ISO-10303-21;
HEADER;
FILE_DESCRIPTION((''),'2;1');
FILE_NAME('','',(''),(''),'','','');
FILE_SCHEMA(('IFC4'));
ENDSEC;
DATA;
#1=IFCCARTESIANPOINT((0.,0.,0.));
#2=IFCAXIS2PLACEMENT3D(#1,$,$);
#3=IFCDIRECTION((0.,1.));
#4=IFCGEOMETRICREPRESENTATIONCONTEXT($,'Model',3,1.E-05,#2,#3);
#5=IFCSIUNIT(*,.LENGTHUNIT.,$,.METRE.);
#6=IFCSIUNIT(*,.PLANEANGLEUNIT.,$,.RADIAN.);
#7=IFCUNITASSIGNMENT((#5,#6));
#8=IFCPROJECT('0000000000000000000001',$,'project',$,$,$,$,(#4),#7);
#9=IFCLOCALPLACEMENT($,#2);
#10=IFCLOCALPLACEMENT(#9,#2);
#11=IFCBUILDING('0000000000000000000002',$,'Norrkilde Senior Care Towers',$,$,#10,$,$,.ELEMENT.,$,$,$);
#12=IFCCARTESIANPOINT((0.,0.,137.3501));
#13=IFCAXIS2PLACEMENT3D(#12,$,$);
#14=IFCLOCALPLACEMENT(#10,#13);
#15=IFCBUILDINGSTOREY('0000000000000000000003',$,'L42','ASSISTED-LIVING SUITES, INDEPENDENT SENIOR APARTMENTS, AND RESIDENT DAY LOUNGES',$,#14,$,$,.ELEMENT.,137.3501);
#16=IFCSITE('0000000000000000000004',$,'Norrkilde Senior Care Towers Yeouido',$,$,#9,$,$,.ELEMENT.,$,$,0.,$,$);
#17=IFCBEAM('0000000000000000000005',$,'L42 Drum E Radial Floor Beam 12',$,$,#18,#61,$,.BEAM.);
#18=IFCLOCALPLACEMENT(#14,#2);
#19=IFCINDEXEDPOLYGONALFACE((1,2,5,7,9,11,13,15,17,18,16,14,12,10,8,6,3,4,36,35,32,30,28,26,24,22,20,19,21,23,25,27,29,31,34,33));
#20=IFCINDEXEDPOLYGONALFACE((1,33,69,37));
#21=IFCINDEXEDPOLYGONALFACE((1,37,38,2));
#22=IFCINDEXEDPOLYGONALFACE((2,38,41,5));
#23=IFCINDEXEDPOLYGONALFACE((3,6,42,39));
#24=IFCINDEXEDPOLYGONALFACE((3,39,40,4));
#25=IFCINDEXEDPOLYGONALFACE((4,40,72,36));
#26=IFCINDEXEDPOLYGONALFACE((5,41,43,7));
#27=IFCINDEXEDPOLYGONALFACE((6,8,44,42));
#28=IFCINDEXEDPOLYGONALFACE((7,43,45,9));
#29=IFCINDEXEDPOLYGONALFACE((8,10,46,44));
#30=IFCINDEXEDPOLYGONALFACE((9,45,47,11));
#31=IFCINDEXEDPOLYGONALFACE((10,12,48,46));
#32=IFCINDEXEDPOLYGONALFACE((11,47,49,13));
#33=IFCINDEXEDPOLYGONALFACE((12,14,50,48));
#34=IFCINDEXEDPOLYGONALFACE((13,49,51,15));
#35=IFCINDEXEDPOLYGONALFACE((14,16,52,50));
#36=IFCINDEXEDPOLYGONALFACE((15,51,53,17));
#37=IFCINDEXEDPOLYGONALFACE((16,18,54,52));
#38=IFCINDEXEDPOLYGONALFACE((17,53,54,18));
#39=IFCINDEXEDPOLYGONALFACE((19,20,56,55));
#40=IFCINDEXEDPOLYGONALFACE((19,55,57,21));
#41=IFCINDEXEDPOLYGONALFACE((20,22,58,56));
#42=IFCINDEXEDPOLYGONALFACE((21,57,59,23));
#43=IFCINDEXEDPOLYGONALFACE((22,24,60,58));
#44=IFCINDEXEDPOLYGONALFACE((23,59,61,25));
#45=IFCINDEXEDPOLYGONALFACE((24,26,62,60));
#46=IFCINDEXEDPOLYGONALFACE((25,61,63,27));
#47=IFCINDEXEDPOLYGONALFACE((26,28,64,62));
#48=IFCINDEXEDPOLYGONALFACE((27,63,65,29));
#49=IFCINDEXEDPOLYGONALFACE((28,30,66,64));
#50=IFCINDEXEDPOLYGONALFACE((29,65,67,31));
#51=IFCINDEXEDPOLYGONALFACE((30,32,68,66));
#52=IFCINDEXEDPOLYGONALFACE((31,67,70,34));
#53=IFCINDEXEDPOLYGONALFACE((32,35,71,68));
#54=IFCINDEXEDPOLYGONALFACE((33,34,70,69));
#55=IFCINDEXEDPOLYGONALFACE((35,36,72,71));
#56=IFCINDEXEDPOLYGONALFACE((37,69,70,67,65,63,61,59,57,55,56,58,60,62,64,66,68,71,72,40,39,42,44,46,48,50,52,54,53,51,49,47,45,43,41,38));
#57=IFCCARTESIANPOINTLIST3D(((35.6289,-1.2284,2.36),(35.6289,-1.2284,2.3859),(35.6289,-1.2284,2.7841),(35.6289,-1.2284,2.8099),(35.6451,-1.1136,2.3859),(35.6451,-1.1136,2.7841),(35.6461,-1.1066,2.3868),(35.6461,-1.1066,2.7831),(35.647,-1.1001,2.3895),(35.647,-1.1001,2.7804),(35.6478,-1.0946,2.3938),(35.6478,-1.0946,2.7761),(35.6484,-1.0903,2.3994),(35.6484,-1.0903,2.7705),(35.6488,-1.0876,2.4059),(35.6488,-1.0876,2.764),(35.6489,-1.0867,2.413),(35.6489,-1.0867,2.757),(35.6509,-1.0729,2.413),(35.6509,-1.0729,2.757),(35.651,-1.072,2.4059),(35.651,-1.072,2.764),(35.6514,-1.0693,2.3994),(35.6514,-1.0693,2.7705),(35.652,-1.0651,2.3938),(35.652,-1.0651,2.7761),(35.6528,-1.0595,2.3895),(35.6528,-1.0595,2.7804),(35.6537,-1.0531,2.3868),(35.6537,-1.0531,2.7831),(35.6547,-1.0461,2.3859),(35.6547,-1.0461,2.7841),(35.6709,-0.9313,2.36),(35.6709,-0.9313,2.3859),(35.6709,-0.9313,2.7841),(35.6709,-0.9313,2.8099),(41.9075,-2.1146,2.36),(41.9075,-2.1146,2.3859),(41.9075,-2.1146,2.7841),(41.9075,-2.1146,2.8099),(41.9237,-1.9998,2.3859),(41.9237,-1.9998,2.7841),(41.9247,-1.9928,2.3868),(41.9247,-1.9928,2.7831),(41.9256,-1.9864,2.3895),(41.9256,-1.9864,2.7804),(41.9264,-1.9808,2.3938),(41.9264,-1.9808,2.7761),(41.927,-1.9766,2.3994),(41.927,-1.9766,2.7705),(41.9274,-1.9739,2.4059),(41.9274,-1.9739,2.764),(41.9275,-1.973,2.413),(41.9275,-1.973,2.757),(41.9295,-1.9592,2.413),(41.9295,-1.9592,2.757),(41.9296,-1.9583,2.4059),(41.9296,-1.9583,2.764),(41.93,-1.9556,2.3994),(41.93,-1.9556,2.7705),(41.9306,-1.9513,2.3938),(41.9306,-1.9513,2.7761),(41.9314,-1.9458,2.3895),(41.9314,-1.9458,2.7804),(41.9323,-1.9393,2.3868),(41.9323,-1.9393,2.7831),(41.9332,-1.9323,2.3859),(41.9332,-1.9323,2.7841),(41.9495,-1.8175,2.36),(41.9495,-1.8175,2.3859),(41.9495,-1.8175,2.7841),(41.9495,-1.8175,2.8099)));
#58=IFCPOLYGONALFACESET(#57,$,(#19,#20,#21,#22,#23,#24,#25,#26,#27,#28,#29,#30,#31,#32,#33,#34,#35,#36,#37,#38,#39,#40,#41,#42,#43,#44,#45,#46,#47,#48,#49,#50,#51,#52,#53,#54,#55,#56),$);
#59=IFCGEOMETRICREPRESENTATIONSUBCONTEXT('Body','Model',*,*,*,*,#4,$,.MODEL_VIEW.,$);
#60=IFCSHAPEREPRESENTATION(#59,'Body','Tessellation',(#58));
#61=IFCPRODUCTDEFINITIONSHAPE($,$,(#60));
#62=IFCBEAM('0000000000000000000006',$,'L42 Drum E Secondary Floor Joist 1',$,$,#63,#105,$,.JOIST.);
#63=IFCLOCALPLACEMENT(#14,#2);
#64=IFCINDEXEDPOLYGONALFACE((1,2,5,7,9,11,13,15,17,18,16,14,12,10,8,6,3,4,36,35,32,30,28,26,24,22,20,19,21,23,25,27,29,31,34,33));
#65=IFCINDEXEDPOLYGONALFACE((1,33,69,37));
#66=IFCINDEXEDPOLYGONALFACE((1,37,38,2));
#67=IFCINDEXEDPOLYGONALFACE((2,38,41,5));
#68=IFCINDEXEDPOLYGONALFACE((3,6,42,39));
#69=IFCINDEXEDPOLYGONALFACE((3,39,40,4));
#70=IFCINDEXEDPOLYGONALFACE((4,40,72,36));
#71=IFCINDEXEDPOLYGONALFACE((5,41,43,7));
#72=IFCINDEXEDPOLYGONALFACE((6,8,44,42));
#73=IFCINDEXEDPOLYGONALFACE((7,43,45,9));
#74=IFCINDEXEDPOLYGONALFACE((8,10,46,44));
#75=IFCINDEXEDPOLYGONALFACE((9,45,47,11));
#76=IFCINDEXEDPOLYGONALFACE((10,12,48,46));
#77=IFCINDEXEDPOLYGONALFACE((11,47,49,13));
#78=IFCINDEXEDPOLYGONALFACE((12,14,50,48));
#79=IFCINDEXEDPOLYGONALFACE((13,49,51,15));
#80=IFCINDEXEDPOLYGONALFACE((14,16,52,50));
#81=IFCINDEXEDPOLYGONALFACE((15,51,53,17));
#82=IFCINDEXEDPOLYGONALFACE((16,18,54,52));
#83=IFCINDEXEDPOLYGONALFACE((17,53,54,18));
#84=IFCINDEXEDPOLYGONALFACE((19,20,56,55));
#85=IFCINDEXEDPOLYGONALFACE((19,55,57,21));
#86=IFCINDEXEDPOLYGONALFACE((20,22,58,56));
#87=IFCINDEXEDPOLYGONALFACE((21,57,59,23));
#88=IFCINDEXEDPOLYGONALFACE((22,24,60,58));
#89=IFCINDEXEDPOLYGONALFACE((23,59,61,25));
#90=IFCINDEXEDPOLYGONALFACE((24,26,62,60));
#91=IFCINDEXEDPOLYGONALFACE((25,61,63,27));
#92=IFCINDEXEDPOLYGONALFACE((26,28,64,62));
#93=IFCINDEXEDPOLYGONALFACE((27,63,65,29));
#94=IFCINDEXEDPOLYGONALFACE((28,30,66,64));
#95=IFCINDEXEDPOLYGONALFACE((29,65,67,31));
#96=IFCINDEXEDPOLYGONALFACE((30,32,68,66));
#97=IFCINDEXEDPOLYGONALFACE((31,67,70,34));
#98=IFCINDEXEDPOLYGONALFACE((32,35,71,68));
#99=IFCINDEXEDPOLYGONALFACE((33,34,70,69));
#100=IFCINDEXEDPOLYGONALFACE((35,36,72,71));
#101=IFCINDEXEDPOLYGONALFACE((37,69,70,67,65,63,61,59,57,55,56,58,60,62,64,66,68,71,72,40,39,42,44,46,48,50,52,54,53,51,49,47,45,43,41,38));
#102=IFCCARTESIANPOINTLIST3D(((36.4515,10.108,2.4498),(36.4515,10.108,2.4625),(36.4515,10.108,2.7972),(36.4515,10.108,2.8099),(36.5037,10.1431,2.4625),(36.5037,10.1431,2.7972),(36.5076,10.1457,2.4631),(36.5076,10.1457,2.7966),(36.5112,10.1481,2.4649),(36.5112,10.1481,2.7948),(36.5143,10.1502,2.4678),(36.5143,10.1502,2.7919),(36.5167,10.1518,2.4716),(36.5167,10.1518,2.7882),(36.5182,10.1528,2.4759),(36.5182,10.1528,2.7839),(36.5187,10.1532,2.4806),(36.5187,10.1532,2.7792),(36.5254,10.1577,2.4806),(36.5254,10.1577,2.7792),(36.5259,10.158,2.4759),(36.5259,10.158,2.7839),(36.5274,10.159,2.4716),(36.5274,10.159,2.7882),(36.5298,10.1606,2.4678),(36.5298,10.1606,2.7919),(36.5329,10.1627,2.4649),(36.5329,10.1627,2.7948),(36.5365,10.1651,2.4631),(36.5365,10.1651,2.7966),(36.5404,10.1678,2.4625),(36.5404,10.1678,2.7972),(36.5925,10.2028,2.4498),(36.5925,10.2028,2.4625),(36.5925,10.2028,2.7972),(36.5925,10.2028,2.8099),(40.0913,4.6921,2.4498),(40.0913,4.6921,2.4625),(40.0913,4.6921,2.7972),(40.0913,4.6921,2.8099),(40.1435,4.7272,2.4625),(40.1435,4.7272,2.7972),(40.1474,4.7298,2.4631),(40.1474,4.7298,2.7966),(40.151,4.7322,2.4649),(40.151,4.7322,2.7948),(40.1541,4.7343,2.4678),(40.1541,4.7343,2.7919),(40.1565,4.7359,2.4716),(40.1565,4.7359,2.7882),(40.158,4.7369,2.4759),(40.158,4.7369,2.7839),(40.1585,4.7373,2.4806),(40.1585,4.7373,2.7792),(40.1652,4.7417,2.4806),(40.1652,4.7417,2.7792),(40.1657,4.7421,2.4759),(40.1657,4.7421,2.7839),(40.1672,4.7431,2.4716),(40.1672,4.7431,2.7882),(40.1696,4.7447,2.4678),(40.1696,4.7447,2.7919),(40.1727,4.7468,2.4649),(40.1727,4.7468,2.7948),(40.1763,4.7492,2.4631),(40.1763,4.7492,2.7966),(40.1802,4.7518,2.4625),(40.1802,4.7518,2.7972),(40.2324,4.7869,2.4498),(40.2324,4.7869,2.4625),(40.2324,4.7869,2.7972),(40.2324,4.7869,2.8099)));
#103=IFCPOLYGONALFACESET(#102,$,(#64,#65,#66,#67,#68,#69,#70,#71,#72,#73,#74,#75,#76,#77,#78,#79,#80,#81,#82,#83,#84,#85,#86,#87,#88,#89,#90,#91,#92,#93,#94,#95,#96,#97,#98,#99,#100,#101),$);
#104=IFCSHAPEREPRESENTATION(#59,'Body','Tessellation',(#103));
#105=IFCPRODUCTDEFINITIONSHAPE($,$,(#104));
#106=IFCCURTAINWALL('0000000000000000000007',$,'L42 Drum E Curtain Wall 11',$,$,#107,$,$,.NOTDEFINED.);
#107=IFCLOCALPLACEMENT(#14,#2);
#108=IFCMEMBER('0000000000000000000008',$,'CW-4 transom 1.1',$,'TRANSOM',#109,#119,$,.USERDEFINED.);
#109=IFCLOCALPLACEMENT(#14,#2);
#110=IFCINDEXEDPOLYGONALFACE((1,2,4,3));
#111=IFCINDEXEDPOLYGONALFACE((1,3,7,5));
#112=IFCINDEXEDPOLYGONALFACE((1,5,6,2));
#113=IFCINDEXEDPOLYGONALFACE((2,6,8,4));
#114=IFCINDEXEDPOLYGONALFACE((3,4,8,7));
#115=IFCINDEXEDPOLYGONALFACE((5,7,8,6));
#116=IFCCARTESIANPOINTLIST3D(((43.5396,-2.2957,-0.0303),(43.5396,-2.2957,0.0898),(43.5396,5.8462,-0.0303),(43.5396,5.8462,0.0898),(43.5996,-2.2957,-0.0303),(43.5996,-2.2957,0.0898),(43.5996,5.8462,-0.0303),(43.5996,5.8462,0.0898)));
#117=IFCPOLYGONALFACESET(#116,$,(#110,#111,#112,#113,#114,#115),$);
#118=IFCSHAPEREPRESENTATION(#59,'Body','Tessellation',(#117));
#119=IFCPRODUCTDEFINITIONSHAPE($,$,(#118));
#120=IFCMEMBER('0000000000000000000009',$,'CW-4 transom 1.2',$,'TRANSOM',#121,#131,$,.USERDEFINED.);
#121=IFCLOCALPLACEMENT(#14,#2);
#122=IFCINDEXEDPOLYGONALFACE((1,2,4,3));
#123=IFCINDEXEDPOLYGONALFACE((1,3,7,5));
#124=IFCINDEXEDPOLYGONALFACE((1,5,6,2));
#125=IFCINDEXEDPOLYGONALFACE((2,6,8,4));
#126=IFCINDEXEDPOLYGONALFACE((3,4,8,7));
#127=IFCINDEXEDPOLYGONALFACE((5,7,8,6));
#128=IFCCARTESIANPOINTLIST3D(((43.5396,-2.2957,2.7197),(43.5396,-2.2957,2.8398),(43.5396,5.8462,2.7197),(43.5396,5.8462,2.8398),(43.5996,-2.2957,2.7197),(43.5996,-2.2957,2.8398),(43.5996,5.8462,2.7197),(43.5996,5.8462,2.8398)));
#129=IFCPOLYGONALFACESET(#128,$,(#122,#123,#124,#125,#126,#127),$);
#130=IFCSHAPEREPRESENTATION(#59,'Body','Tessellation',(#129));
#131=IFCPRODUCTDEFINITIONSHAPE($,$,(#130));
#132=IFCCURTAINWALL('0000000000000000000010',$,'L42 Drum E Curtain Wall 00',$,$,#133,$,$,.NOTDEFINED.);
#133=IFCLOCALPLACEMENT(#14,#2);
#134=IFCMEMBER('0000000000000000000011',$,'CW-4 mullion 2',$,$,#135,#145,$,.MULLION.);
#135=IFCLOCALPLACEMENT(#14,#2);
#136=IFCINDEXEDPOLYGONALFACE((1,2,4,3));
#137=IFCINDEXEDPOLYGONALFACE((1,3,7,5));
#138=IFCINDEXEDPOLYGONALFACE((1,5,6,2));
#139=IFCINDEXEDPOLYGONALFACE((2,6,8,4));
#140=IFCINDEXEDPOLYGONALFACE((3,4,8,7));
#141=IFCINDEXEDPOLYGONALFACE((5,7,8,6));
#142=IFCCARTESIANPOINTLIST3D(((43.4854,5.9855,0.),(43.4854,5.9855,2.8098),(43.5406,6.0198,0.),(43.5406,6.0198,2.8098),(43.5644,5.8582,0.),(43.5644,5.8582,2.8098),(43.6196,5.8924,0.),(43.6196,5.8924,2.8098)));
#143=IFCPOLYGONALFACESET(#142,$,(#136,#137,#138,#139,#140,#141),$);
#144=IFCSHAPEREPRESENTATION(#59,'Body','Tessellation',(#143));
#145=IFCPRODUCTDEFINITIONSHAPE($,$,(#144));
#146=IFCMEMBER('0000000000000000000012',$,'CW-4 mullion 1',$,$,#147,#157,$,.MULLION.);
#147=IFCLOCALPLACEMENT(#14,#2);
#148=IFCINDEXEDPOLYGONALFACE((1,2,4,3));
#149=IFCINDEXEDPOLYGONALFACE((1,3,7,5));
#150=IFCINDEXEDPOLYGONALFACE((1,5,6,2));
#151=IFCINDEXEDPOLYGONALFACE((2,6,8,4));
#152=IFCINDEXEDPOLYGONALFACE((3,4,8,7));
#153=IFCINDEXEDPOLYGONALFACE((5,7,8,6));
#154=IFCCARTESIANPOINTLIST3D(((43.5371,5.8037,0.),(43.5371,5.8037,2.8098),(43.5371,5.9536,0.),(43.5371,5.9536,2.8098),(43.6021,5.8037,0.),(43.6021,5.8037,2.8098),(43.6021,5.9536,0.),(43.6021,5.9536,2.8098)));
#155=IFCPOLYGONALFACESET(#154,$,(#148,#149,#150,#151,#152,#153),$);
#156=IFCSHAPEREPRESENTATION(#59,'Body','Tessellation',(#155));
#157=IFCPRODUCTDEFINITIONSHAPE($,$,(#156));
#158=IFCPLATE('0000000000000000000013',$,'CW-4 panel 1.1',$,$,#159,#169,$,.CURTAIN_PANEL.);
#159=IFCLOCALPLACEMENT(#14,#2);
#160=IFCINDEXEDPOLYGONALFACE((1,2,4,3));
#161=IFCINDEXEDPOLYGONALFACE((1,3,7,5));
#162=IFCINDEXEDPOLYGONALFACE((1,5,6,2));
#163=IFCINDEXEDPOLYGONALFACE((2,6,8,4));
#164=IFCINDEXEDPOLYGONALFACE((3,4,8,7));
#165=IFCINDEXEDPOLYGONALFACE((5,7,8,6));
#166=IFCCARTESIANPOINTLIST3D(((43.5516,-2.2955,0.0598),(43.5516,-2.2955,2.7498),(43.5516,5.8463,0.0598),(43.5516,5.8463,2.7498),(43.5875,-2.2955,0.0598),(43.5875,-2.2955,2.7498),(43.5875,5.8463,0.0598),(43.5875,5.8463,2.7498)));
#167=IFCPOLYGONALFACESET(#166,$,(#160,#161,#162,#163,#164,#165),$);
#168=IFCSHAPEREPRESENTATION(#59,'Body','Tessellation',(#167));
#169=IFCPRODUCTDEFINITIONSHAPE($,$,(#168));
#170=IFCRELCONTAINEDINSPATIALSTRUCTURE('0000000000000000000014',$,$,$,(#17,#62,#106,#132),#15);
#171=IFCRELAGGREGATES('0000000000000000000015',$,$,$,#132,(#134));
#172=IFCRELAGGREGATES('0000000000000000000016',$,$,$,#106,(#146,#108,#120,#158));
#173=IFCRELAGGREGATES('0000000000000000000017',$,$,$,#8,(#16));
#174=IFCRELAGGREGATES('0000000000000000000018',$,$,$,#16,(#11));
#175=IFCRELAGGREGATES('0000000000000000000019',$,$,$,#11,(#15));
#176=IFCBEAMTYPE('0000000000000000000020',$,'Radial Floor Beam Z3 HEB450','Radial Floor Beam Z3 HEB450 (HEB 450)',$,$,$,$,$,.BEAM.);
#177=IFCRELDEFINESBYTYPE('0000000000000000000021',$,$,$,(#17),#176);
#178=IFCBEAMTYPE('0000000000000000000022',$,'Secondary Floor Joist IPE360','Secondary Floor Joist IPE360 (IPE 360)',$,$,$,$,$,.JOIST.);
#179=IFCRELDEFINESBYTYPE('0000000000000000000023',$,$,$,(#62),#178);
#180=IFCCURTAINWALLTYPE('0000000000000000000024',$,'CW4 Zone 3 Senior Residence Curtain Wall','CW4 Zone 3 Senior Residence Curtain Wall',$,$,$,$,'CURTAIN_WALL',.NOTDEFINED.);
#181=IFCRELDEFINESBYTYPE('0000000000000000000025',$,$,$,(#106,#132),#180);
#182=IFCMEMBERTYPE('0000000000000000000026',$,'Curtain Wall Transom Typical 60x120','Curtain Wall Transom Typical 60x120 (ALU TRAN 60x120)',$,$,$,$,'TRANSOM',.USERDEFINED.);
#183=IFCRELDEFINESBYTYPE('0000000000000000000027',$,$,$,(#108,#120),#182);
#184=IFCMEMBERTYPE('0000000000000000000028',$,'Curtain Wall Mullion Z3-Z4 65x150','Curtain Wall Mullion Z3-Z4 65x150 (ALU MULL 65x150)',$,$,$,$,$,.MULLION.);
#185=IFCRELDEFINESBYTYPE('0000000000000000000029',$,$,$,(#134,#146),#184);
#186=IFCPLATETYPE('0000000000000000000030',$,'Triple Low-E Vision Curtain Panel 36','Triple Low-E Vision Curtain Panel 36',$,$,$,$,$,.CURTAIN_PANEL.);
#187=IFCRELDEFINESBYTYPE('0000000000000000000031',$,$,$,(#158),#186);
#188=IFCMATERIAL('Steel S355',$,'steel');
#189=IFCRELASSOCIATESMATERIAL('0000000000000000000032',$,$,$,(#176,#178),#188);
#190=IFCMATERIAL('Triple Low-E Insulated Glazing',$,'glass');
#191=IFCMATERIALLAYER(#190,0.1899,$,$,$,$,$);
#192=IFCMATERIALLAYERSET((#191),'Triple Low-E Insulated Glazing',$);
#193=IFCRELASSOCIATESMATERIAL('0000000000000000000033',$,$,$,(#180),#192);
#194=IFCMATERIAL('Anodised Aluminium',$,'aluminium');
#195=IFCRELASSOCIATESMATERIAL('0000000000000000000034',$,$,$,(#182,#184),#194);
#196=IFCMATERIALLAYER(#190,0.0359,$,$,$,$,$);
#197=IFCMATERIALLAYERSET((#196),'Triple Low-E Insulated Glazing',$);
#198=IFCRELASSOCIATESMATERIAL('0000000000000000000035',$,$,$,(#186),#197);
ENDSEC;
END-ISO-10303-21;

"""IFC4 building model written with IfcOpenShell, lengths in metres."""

from ifc_helpers import new_model, si_unit, direction, frame, origin, origin_2d, place, context, subcontext, project, spatial, rectangle, i_section, extrude, source, transform, mapped, material, layer, layer_set, material_profile, profile_set, type_object, type_shapes, element, aggregate, save


model = new_model("IFC4")

# Units and contexts
model_context = context("Model", 3, precision=1e-05, world=origin(), true_north=direction((0.0, 1.0)))
body_context = subcontext(model_context, "Body", "Model", "MODEL_VIEW")
ifc_project = project(units=[si_unit("LENGTHUNIT", "METRE"), si_unit("PLANEANGLEUNIT", "RADIAN")], contexts=[model_context])

# Site, building, storey
site_placement = place(None, origin())
site = spatial("IfcSite", under=ifc_project, at=site_placement, Name="Norrkilde Senior Care Towers Yeouido", CompositionType="ELEMENT", RefElevation=0.0)
building_placement = place(site_placement, origin())
building = spatial("IfcBuilding", under=site, at=building_placement, Name="Norrkilde Senior Care Towers", CompositionType="ELEMENT")
storey_placement = place(building_placement, frame((0.0, 0.0, 137.3501)))
storey = spatial("IfcBuildingStorey", under=building, at=storey_placement, Name="L42", Description="ASSISTED-LIVING SUITES, INDEPENDENT SENIOR APARTMENTS, AND RESIDENT DAY LOUNGES", CompositionType="ELEMENT", Elevation=137.3501)

# Beams
ifc_material_1 = material(Name="Steel S355", Category="steel")
ifc_material_profile_1 = material_profile(ifc_material_1, i_section(OverallWidth=0.3, OverallDepth=0.45, WebThickness=0.0139, FlangeThickness=0.0259, FilletRadius=0.0271, at=origin_2d()), Name="HEB 450")
ifc_profile_set_1 = profile_set([ifc_material_profile_1], Name="Steel S355")
beam_type_1 = type_object("IfcBeamType", Name="Radial Floor Beam Z3 HEB450", Description="Radial Floor Beam Z3 HEB450 (HEB 450)", PredefinedType="BEAM", material=ifc_profile_set_1)
shared_shape_1 = source(origin(), body_context, "Body", "SweptSolid", [
    extrude(i_section(OverallWidth=0.3, OverallDepth=0.45, WebThickness=0.0139, FlangeThickness=0.0259, FilletRadius=0.0271, at=origin_2d()), origin(), (0.0, 0.0, 1.0), 6.3408),
])
beam_1_placement = place(storey_placement, frame((35.6499, -1.0798, 2.585), z_axis=(0.990185, -0.139766, 0.0), x_axis=(0.139766, 0.990185, 0.0)))
element("IfcBeam", 1, at=beam_1_placement, inside=storey, type_object=beam_type_1, Name="L42 Drum E Radial Floor Beam 12", PredefinedType="BEAM", context=body_context, shape_type="MappedRepresentation", body=[
    mapped(shared_shape_1, transform((0.0, 0.0, 0.0), x_axis=(1.0, 0.0, 0.0), y_axis=(0.0, 1.0, 0.0), z_axis=(0.0, 0.0, 1.0), scale=1.0)),
])
ifc_material_profile_2 = material_profile(ifc_material_1, i_section(OverallWidth=0.1699, OverallDepth=0.3601, WebThickness=0.0081, FlangeThickness=0.0127, FilletRadius=0.0181, at=origin_2d()), Name="IPE 360")
ifc_profile_set_2 = profile_set([ifc_material_profile_2], Name="Steel S355")
beam_type_2 = type_object("IfcBeamType", Name="Secondary Floor Joist IPE360", Description="Secondary Floor Joist IPE360 (IPE 360)", PredefinedType="JOIST", material=ifc_profile_set_2)
shared_shape_2 = source(origin(), body_context, "Body", "SweptSolid", [
    extrude(i_section(OverallWidth=0.1699, OverallDepth=0.3601, WebThickness=0.0081, FlangeThickness=0.0127, FilletRadius=0.0181, at=origin_2d()), origin(), (0.0, 0.0, 1.0), 6.5254),
])
type_shapes(beam_type_2, [shared_shape_2])
beam_2_placement = place(storey_placement, frame((40.1619, 4.7395, 2.6299), z_axis=(-0.557796, 0.829978, 0.0), x_axis=(-0.829978, -0.557796, 0.0)))
element("IfcBeam", 2, at=beam_2_placement, inside=storey, type_object=beam_type_2, Name="L42 Drum E Secondary Floor Joist 1", PredefinedType="JOIST", context=body_context, shape_type="MappedRepresentation", body=[
    mapped(shared_shape_2, transform((0.0, 0.0, 0.0), x_axis=(1.0, 0.0, 0.0), y_axis=(0.0, 1.0, 0.0), z_axis=(0.0, 0.0, 1.0), scale=1.0)),
])

# Curtain wall, members
ifc_material_2 = material(Name="Triple Low-E Insulated Glazing", Category="glass")
ifc_layer_1 = layer(ifc_material_2, 0.1899)
ifc_layer_set_1 = layer_set([ifc_layer_1], Name="Triple Low-E Insulated Glazing")
curtain_wall_type = type_object("IfcCurtainWallType", Name="CW4 Zone 3 Senior Residence Curtain Wall", Description="CW4 Zone 3 Senior Residence Curtain Wall", ElementType="CURTAIN_WALL", PredefinedType="NOTDEFINED", material=ifc_layer_set_1)
curtain_wall_1_placement = place(storey_placement, origin())
curtain_wall_1 = element("IfcCurtainWall", 3, at=curtain_wall_1_placement, inside=storey, type_object=curtain_wall_type, Name="L42 Drum E Curtain Wall 11", PredefinedType="NOTDEFINED")
ifc_material_3 = material(Name="Anodised Aluminium", Category="aluminium")
ifc_material_profile_3 = material_profile(ifc_material_3, rectangle(XDim=0.0601, YDim=0.1201, at=origin_2d()), Name="ALU TRAN 60x120")
ifc_profile_set_3 = profile_set([ifc_material_profile_3], Name="Anodised Aluminium")
member_type_1 = type_object("IfcMemberType", Name="Curtain Wall Transom Typical 60x120", Description="Curtain Wall Transom Typical 60x120 (ALU TRAN 60x120)", ElementType="TRANSOM", PredefinedType="USERDEFINED", material=ifc_profile_set_3)
shared_shape_3 = source(origin(), body_context, "Body", "SweptSolid", [
    extrude(rectangle(XDim=0.0601, YDim=0.1201, at=origin_2d()), origin(), (0.0, 0.0, 1.0), 8.1418),
])
type_shapes(member_type_1, [shared_shape_3])
member_1_placement = place(storey_placement, frame((43.5696, 5.8462, 0.0298), z_axis=(0.0, -1.0, 0.0), x_axis=(1.0, 0.0, 0.0)))
member_1 = element("IfcMember", 4, at=member_1_placement, type_object=member_type_1, Name="CW-4 transom 1.1", ObjectType="TRANSOM", PredefinedType="USERDEFINED", context=body_context, shape_type="MappedRepresentation", body=[
    mapped(shared_shape_3, transform((0.0, 0.0, 0.0), x_axis=(1.0, 0.0, 0.0), y_axis=(0.0, 1.0, 0.0), z_axis=(0.0, 0.0, 1.0), scale=1.0)),
])
member_2_placement = place(storey_placement, frame((43.5696, 5.8462, 2.7798), z_axis=(0.0, -1.0, 0.0), x_axis=(1.0, 0.0, 0.0)))
member_2 = element("IfcMember", 5, at=member_2_placement, type_object=member_type_1, Name="CW-4 transom 1.2", ObjectType="TRANSOM", PredefinedType="USERDEFINED", context=body_context, shape_type="MappedRepresentation", body=[
    mapped(shared_shape_3, transform((0.0, 0.0, 0.0), x_axis=(1.0, 0.0, 0.0), y_axis=(0.0, 1.0, 0.0), z_axis=(0.0, 0.0, 1.0), scale=1.0)),
])

# Curtain wall, member
curtain_wall_2_placement = place(storey_placement, origin())
curtain_wall_2 = element("IfcCurtainWall", 6, at=curtain_wall_2_placement, inside=storey, type_object=curtain_wall_type, Name="L42 Drum E Curtain Wall 00", PredefinedType="NOTDEFINED")
ifc_material_profile_4 = material_profile(ifc_material_3, rectangle(XDim=0.0649, YDim=0.1499, at=origin_2d()), Name="ALU MULL 65x150")
ifc_profile_set_4 = profile_set([ifc_material_profile_4], Name="Anodised Aluminium")
member_type_2 = type_object("IfcMemberType", Name="Curtain Wall Mullion Z3-Z4 65x150", Description="Curtain Wall Mullion Z3-Z4 65x150 (ALU MULL 65x150)", PredefinedType="MULLION", material=ifc_profile_set_4)
shared_shape_4 = source(origin(), body_context, "Body", "SweptSolid", [
    extrude(rectangle(XDim=0.0649, YDim=0.1499, at=origin_2d()), origin(), (0.0, 0.0, 1.0), 2.8098),
])
type_shapes(member_type_2, [shared_shape_4])
member_3_placement = place(storey_placement, frame((43.5525, 5.939, 0.0), z_axis=(0.0, 0.0, 1.0), x_axis=(0.849634, 0.527373, 0.0)))
member_3 = element("IfcMember", 7, at=member_3_placement, type_object=member_type_2, Name="CW-4 mullion 2", PredefinedType="MULLION", context=body_context, shape_type="MappedRepresentation", body=[
    mapped(shared_shape_4, transform((0.0, 0.0, 0.0), x_axis=(1.0, 0.0, 0.0), y_axis=(0.0, 1.0, 0.0), z_axis=(0.0, 0.0, 1.0), scale=1.0)),
])
aggregate(curtain_wall_2, [member_3])

# Member
member_4_placement = place(storey_placement, frame((43.5696, 5.8787, 0.0), z_axis=(0.0, 0.0, 1.0), x_axis=(1.0, 0.0, 0.0)))
member_4 = element("IfcMember", 8, at=member_4_placement, type_object=member_type_2, Name="CW-4 mullion 1", PredefinedType="MULLION", context=body_context, shape_type="MappedRepresentation", body=[
    mapped(shared_shape_4, transform((0.0, 0.0, 0.0), x_axis=(1.0, 0.0, 0.0), y_axis=(0.0, 1.0, 0.0), z_axis=(0.0, 0.0, 1.0), scale=1.0)),
])

# Plate
ifc_layer_2 = layer(ifc_material_2, 0.0359)
ifc_layer_set_2 = layer_set([ifc_layer_2], Name="Triple Low-E Insulated Glazing")
plate_type = type_object("IfcPlateType", Name="Triple Low-E Vision Curtain Panel 36", Description="Triple Low-E Vision Curtain Panel 36", PredefinedType="CURTAIN_PANEL", material=ifc_layer_set_2)
shared_shape_5 = source(origin(), body_context, "Body", "SweptSolid", [
    extrude(rectangle(XDim=8.1418, YDim=0.0359, at=origin_2d()), origin(), (0.0, 0.0, 1.0), 2.6899),
])
type_shapes(plate_type, [shared_shape_5])
plate_placement = place(storey_placement, frame((43.5696, 1.7754, 0.0598), z_axis=(0.0, 0.0, 1.0), x_axis=(0.0, -1.0, 0.0)))
plate = element("IfcPlate", 9, at=plate_placement, type_object=plate_type, Name="CW-4 panel 1.1", PredefinedType="CURTAIN_PANEL", context=body_context, shape_type="MappedRepresentation", body=[
    mapped(shared_shape_5, transform((0.0, 0.0, 0.0), x_axis=(1.0, 0.0, 0.0), y_axis=(0.0, 1.0, 0.0), z_axis=(0.0, 0.0, 1.0), scale=1.0)),
])
aggregate(curtain_wall_1, [member_4, member_1, member_2, plate])

save(model, "model.ifc")
